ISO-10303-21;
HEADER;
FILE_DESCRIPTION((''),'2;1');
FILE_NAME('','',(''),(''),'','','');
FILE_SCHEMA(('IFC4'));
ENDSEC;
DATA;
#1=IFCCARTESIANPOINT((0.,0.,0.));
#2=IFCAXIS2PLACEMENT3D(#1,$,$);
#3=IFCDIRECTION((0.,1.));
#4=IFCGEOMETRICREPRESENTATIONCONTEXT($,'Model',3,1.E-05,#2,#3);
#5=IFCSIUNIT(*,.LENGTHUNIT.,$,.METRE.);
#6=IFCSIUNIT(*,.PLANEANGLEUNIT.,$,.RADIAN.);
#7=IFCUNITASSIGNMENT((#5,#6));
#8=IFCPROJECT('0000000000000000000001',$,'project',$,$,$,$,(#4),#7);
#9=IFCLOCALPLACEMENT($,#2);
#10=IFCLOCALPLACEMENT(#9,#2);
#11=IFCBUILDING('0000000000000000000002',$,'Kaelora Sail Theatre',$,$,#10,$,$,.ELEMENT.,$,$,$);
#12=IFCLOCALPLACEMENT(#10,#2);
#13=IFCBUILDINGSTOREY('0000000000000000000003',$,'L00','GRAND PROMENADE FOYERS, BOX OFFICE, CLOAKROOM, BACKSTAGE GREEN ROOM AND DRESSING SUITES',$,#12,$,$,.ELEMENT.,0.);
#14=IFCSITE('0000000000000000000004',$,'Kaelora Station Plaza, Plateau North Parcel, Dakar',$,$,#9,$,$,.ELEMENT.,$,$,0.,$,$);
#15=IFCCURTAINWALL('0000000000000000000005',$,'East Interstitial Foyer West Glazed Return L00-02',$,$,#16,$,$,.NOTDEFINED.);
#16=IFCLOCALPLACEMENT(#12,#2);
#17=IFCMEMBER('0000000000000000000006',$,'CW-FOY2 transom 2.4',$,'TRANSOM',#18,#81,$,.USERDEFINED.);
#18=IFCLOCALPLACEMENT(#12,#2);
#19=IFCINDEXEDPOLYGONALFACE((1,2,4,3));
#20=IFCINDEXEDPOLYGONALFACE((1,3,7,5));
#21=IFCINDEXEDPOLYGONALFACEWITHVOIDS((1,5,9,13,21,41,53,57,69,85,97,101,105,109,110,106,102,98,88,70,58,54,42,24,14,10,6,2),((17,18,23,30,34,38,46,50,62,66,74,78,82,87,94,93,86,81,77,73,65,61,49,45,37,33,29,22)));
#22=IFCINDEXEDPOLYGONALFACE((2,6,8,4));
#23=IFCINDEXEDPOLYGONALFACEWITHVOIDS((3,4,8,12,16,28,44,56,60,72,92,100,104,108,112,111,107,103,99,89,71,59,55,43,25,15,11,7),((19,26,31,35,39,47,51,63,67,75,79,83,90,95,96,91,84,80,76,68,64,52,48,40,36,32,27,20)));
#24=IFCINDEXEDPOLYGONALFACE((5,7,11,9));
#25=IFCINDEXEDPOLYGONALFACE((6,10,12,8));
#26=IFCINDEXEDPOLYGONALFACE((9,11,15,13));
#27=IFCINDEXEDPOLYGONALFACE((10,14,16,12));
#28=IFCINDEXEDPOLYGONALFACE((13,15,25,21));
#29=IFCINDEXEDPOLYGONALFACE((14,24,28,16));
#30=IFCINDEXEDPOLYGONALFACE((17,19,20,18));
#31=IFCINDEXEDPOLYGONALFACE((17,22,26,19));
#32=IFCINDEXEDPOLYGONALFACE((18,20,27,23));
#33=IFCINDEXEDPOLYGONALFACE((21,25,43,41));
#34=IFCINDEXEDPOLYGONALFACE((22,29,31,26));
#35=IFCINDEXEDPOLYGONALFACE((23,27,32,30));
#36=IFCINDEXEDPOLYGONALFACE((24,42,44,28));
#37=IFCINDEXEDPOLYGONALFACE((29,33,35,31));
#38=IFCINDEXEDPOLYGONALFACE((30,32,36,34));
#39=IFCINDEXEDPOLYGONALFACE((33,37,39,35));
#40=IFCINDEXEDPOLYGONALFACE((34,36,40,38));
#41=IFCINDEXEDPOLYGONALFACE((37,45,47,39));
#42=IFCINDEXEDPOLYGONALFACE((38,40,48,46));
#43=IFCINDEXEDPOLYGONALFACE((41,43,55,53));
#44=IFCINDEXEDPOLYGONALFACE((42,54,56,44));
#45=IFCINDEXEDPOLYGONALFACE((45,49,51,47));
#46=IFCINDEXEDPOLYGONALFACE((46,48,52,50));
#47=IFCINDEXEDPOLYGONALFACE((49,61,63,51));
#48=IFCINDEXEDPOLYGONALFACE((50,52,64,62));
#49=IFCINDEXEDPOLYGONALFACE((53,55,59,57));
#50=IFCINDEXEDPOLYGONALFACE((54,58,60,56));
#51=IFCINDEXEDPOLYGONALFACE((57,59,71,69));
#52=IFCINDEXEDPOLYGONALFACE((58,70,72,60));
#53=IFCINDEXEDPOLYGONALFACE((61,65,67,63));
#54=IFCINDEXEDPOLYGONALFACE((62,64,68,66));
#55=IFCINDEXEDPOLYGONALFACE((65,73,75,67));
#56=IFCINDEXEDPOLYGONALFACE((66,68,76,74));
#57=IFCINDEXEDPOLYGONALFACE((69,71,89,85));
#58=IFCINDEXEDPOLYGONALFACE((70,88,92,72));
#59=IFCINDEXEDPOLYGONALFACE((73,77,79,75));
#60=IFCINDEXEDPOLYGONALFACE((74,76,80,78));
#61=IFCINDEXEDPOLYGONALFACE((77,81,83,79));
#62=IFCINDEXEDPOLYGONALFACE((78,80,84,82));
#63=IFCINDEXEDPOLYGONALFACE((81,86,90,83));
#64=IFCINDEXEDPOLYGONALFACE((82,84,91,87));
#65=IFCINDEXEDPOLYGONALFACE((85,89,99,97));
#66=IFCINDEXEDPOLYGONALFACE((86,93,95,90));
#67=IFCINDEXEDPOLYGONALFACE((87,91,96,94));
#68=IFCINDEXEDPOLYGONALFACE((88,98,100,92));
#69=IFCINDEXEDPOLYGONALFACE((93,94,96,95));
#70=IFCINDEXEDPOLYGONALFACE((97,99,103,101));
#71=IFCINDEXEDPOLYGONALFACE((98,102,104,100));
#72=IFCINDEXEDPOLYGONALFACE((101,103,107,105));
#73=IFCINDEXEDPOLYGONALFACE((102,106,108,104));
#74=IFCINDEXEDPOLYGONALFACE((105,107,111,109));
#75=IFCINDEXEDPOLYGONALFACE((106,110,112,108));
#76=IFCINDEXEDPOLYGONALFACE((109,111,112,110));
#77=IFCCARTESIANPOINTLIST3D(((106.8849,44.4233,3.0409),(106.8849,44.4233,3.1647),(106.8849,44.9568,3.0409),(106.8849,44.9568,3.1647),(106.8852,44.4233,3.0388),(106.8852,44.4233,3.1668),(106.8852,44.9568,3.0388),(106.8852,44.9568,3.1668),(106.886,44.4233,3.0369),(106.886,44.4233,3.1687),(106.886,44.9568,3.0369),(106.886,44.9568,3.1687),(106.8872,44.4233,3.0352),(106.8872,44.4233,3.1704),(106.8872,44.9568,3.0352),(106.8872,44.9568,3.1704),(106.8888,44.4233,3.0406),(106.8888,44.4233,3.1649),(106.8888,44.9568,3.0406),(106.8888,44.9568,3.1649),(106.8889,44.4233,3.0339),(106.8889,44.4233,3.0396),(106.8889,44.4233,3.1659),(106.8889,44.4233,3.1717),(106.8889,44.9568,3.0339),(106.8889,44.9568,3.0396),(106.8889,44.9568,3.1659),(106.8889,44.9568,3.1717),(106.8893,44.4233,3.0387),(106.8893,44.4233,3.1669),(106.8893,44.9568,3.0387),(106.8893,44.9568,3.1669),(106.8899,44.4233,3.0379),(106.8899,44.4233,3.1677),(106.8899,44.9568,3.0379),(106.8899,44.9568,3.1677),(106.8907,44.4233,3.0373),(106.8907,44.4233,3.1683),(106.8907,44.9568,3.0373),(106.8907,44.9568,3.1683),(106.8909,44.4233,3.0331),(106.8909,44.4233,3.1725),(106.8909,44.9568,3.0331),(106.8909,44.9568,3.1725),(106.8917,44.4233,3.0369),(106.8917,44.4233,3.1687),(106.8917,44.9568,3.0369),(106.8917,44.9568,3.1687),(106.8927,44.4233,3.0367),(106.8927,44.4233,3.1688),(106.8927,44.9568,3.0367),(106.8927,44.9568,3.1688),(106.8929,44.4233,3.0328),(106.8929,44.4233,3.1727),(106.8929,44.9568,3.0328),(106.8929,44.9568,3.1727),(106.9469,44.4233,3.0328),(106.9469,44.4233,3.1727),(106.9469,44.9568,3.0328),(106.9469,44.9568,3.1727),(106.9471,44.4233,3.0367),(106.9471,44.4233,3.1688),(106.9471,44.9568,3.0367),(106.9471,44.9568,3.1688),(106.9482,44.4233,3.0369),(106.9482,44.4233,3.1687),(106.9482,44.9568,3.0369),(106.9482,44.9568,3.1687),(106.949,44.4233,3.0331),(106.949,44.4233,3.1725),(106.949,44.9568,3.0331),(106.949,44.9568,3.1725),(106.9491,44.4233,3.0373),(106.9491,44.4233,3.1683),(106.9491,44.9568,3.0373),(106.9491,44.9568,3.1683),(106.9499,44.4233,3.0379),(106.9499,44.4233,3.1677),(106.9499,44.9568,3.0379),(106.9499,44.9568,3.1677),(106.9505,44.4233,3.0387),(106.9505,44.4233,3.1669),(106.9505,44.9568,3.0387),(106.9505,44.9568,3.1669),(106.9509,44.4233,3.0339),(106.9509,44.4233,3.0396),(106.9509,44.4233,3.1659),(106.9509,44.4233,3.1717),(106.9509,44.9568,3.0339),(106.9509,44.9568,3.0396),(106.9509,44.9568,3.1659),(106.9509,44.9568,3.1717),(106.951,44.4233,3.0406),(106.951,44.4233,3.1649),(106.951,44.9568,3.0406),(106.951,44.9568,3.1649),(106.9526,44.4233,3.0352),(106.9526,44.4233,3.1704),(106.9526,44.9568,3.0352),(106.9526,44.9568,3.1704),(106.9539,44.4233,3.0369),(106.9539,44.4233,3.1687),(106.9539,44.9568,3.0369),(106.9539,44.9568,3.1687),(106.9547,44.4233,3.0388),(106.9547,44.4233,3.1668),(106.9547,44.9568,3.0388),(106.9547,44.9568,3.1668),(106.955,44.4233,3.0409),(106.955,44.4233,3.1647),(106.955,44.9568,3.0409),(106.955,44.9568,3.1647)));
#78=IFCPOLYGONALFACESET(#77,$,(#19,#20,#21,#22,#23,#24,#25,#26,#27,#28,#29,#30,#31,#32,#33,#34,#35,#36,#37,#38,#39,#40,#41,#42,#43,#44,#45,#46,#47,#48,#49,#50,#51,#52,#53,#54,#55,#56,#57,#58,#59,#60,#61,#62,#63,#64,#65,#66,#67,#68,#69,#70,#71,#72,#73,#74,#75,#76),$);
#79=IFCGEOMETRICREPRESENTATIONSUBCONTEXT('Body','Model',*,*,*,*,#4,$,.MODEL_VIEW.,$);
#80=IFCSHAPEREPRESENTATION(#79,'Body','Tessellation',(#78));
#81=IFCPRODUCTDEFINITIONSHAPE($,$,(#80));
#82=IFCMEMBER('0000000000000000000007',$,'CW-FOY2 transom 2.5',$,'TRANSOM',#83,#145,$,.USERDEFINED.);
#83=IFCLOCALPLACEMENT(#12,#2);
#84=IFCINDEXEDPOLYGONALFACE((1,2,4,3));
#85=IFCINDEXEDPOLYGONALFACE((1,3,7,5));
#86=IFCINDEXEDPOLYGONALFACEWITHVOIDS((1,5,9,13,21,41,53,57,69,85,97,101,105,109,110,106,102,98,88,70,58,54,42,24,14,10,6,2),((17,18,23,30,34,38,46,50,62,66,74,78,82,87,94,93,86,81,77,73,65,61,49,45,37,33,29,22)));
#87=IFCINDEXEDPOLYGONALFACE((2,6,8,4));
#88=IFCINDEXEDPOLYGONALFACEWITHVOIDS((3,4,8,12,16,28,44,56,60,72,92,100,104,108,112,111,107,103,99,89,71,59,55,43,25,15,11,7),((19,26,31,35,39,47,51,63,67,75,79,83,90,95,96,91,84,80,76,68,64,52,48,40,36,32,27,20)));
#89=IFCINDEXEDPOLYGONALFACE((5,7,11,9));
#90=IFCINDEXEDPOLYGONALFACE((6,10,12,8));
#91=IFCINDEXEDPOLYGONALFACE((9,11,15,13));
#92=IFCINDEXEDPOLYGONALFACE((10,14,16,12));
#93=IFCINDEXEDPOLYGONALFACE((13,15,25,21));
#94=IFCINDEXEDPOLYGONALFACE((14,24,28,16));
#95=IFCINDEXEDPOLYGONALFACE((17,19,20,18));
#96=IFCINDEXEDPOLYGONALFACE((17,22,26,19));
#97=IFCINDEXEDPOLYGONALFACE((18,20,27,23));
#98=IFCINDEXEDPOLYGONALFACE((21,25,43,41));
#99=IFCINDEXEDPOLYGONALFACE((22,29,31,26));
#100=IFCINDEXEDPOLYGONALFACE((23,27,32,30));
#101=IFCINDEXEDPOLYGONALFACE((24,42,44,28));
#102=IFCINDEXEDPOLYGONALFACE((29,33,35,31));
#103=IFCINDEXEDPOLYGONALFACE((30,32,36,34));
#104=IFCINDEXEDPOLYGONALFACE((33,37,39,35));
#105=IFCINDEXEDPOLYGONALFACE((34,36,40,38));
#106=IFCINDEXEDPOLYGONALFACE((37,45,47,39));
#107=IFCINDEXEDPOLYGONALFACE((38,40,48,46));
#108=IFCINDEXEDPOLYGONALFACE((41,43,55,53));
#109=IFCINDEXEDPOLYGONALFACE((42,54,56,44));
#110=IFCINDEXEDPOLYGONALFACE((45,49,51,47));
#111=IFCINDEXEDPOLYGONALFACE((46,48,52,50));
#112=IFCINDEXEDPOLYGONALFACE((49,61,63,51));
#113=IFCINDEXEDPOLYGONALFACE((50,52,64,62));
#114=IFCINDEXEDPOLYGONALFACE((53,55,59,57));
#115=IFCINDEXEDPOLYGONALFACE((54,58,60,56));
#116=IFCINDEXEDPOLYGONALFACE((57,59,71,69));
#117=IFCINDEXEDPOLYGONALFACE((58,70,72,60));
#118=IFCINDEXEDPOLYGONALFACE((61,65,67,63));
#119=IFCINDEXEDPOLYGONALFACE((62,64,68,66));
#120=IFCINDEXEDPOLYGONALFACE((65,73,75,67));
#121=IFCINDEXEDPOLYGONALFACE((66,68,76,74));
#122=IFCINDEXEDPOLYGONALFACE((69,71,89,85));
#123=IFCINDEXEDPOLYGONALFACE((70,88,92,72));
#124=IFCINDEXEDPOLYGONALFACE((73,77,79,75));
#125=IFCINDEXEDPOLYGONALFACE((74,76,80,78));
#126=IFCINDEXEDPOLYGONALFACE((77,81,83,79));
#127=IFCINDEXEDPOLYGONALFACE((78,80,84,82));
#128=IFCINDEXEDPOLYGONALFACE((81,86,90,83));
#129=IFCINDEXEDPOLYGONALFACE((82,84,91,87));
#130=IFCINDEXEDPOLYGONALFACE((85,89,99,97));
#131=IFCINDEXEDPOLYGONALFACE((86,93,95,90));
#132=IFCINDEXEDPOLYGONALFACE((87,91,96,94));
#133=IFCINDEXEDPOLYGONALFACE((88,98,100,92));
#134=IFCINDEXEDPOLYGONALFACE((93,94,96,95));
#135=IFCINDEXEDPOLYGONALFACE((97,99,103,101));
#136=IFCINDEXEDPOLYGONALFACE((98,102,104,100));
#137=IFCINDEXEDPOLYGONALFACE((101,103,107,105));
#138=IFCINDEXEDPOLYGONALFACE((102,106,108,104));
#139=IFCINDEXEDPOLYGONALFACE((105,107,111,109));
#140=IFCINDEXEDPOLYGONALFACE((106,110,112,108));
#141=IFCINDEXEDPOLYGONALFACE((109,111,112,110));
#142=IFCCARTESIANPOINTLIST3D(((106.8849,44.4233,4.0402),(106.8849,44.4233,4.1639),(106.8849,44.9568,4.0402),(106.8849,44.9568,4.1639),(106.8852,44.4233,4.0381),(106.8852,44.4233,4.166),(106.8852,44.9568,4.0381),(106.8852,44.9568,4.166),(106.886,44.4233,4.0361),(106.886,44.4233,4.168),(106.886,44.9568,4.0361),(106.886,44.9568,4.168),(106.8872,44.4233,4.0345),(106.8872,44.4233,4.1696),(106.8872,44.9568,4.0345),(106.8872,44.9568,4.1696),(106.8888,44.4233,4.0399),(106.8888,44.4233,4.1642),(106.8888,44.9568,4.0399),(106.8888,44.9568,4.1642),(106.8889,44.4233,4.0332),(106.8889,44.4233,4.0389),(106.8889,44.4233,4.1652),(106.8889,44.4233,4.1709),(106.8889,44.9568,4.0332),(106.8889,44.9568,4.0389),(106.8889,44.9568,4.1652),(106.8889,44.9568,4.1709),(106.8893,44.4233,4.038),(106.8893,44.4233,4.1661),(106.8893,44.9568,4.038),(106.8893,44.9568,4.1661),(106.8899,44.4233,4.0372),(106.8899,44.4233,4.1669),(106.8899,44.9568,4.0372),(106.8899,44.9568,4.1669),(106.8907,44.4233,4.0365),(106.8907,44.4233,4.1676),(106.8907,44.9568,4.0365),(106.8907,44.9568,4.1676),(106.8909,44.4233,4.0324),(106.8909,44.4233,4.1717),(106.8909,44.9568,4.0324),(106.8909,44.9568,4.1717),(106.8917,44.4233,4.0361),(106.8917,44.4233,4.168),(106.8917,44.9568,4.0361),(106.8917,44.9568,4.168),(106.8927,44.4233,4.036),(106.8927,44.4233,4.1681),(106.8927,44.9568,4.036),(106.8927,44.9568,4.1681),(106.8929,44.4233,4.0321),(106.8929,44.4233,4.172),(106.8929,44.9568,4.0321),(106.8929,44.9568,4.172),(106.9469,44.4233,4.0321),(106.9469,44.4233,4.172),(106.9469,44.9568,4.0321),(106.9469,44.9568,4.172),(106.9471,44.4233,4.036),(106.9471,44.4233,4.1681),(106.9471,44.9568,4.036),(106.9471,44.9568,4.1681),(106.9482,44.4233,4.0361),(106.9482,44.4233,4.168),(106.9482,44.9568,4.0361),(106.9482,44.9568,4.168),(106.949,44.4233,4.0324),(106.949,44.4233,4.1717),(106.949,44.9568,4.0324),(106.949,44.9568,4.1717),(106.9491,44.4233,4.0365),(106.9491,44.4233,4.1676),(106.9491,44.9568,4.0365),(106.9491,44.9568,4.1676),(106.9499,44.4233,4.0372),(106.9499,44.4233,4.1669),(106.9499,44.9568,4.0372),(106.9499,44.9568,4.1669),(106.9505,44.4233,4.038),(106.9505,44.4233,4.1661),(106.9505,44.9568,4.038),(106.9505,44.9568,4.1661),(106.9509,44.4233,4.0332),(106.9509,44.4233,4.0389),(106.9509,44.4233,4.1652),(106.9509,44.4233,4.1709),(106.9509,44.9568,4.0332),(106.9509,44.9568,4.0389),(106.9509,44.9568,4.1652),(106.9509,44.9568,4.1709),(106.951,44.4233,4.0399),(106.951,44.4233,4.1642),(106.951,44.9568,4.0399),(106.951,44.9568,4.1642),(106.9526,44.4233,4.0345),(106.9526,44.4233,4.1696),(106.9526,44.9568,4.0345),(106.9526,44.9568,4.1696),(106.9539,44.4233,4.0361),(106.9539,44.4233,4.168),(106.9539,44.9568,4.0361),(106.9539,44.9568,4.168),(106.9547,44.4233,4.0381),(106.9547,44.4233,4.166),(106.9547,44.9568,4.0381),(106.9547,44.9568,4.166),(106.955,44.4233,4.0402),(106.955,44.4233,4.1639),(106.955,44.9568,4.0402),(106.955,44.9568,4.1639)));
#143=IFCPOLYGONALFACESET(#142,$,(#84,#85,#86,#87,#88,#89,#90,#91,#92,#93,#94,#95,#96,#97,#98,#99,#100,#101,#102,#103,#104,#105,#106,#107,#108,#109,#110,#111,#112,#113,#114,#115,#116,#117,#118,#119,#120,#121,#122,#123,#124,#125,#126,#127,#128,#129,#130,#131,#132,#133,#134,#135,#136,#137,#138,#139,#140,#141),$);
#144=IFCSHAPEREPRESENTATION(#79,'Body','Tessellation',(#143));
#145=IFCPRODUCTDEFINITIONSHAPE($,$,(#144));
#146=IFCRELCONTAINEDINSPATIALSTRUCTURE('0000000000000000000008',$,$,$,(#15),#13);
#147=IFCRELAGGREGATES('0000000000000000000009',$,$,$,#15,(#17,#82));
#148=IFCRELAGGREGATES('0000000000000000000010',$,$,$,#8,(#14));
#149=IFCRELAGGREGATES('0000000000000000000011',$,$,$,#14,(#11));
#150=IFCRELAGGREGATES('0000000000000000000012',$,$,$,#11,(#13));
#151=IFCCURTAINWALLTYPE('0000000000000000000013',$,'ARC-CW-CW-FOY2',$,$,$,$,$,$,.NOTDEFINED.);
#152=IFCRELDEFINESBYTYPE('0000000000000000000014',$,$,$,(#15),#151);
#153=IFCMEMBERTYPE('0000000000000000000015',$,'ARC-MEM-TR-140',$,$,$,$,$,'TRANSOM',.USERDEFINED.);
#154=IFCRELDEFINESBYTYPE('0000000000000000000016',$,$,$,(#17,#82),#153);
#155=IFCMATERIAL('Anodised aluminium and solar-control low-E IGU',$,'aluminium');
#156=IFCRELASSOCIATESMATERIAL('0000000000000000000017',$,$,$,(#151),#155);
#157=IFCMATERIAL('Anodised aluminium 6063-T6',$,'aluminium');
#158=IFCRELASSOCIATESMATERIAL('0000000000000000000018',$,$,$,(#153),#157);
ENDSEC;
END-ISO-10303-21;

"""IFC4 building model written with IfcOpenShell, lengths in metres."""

from ifc_helpers import new_model, si_unit, direction, frame, origin, origin_2d, place, context, subcontext, project, spatial, hollow_rectangle, extrude, material, material_profile, profile_set, type_object, element, aggregate, save


model = new_model("IFC4")

# Units and contexts
model_context = context("Model", 3, precision=1e-05, world=origin(), true_north=direction((0.0, 1.0)))
body_context = subcontext(model_context, "Body", "Model", "MODEL_VIEW")
ifc_project = project(units=[si_unit("LENGTHUNIT", "METRE"), si_unit("PLANEANGLEUNIT", "RADIAN")], contexts=[model_context])

# Site, building, storey
site_placement = place(None, origin())
site = spatial("IfcSite", under=ifc_project, at=site_placement, Name="Kaelora Station Plaza, Plateau North Parcel, Dakar", CompositionType="ELEMENT", RefElevation=0.0)
building_placement = place(site_placement, origin())
building = spatial("IfcBuilding", under=site, at=building_placement, Name="Kaelora Sail Theatre", CompositionType="ELEMENT")
storey_placement = place(building_placement, origin())
storey = spatial("IfcBuildingStorey", under=building, at=storey_placement, Name="L00", Description="GRAND PROMENADE FOYERS, BOX OFFICE, CLOAKROOM, BACKSTAGE GREEN ROOM AND DRESSING SUITES", CompositionType="ELEMENT", Elevation=0.0)

# Curtain wall, members
ifc_material_1 = material(Name="Anodised aluminium and solar-control low-E IGU", Category="aluminium")
curtain_wall_type = type_object("IfcCurtainWallType", Name="ARC-CW-CW-FOY2", PredefinedType="NOTDEFINED", material=ifc_material_1)
curtain_wall_1_placement = place(storey_placement, origin())
curtain_wall_1 = element("IfcCurtainWall", 1, at=curtain_wall_1_placement, inside=storey, type_object=curtain_wall_type, Name="East Interstitial Foyer West Glazed Return L00-02", PredefinedType="NOTDEFINED")
ifc_material_2 = material(Name="Anodised aluminium 6063-T6", Category="aluminium")
ifc_material_profile = material_profile(ifc_material_2, hollow_rectangle(XDim=0.0701, YDim=0.1399, WallThickness=0.0039, InnerFilletRadius=0.0039, OuterFilletRadius=0.0081, at=origin_2d()), Name="ALU-TRAN 70x140x4")
ifc_profile_set = profile_set([ifc_material_profile], Name="Anodised aluminium 6063-T6")
member_type = type_object("IfcMemberType", Name="ARC-MEM-TR-140", ElementType="TRANSOM", PredefinedType="USERDEFINED", material=ifc_profile_set)
member_1_placement = place(storey_placement, frame((106.9199, 44.4233, 3.1028), z_axis=(0.0, 1.0, 0.0), x_axis=(-1.0, 0.0, 0.0)))
member_1 = element("IfcMember", 2, at=member_1_placement, type_object=member_type, Name="CW-FOY2 transom 2.4", ObjectType="TRANSOM", PredefinedType="USERDEFINED", context=body_context, shape_type="SweptSolid", body=[
    extrude(hollow_rectangle(XDim=0.0701, YDim=0.1399, WallThickness=0.0039, InnerFilletRadius=0.0039, OuterFilletRadius=0.0081, at=origin_2d()), origin(), (0.0, 0.0, 1.0), 0.5334),
])
member_2_placement = place(storey_placement, frame((106.9199, 44.4233, 4.1021), z_axis=(0.0, 1.0, 0.0), x_axis=(-1.0, 0.0, 0.0)))
member_2 = element("IfcMember", 3, at=member_2_placement, type_object=member_type, Name="CW-FOY2 transom 2.5", ObjectType="TRANSOM", PredefinedType="USERDEFINED", context=body_context, shape_type="SweptSolid", body=[
    extrude(hollow_rectangle(XDim=0.0701, YDim=0.1399, WallThickness=0.0039, InnerFilletRadius=0.0039, OuterFilletRadius=0.0081, at=origin_2d()), origin(), (0.0, 0.0, 1.0), 0.5334),
])

aggregate(curtain_wall_1, [member_1, member_2])

save(model, "model.ifc")
